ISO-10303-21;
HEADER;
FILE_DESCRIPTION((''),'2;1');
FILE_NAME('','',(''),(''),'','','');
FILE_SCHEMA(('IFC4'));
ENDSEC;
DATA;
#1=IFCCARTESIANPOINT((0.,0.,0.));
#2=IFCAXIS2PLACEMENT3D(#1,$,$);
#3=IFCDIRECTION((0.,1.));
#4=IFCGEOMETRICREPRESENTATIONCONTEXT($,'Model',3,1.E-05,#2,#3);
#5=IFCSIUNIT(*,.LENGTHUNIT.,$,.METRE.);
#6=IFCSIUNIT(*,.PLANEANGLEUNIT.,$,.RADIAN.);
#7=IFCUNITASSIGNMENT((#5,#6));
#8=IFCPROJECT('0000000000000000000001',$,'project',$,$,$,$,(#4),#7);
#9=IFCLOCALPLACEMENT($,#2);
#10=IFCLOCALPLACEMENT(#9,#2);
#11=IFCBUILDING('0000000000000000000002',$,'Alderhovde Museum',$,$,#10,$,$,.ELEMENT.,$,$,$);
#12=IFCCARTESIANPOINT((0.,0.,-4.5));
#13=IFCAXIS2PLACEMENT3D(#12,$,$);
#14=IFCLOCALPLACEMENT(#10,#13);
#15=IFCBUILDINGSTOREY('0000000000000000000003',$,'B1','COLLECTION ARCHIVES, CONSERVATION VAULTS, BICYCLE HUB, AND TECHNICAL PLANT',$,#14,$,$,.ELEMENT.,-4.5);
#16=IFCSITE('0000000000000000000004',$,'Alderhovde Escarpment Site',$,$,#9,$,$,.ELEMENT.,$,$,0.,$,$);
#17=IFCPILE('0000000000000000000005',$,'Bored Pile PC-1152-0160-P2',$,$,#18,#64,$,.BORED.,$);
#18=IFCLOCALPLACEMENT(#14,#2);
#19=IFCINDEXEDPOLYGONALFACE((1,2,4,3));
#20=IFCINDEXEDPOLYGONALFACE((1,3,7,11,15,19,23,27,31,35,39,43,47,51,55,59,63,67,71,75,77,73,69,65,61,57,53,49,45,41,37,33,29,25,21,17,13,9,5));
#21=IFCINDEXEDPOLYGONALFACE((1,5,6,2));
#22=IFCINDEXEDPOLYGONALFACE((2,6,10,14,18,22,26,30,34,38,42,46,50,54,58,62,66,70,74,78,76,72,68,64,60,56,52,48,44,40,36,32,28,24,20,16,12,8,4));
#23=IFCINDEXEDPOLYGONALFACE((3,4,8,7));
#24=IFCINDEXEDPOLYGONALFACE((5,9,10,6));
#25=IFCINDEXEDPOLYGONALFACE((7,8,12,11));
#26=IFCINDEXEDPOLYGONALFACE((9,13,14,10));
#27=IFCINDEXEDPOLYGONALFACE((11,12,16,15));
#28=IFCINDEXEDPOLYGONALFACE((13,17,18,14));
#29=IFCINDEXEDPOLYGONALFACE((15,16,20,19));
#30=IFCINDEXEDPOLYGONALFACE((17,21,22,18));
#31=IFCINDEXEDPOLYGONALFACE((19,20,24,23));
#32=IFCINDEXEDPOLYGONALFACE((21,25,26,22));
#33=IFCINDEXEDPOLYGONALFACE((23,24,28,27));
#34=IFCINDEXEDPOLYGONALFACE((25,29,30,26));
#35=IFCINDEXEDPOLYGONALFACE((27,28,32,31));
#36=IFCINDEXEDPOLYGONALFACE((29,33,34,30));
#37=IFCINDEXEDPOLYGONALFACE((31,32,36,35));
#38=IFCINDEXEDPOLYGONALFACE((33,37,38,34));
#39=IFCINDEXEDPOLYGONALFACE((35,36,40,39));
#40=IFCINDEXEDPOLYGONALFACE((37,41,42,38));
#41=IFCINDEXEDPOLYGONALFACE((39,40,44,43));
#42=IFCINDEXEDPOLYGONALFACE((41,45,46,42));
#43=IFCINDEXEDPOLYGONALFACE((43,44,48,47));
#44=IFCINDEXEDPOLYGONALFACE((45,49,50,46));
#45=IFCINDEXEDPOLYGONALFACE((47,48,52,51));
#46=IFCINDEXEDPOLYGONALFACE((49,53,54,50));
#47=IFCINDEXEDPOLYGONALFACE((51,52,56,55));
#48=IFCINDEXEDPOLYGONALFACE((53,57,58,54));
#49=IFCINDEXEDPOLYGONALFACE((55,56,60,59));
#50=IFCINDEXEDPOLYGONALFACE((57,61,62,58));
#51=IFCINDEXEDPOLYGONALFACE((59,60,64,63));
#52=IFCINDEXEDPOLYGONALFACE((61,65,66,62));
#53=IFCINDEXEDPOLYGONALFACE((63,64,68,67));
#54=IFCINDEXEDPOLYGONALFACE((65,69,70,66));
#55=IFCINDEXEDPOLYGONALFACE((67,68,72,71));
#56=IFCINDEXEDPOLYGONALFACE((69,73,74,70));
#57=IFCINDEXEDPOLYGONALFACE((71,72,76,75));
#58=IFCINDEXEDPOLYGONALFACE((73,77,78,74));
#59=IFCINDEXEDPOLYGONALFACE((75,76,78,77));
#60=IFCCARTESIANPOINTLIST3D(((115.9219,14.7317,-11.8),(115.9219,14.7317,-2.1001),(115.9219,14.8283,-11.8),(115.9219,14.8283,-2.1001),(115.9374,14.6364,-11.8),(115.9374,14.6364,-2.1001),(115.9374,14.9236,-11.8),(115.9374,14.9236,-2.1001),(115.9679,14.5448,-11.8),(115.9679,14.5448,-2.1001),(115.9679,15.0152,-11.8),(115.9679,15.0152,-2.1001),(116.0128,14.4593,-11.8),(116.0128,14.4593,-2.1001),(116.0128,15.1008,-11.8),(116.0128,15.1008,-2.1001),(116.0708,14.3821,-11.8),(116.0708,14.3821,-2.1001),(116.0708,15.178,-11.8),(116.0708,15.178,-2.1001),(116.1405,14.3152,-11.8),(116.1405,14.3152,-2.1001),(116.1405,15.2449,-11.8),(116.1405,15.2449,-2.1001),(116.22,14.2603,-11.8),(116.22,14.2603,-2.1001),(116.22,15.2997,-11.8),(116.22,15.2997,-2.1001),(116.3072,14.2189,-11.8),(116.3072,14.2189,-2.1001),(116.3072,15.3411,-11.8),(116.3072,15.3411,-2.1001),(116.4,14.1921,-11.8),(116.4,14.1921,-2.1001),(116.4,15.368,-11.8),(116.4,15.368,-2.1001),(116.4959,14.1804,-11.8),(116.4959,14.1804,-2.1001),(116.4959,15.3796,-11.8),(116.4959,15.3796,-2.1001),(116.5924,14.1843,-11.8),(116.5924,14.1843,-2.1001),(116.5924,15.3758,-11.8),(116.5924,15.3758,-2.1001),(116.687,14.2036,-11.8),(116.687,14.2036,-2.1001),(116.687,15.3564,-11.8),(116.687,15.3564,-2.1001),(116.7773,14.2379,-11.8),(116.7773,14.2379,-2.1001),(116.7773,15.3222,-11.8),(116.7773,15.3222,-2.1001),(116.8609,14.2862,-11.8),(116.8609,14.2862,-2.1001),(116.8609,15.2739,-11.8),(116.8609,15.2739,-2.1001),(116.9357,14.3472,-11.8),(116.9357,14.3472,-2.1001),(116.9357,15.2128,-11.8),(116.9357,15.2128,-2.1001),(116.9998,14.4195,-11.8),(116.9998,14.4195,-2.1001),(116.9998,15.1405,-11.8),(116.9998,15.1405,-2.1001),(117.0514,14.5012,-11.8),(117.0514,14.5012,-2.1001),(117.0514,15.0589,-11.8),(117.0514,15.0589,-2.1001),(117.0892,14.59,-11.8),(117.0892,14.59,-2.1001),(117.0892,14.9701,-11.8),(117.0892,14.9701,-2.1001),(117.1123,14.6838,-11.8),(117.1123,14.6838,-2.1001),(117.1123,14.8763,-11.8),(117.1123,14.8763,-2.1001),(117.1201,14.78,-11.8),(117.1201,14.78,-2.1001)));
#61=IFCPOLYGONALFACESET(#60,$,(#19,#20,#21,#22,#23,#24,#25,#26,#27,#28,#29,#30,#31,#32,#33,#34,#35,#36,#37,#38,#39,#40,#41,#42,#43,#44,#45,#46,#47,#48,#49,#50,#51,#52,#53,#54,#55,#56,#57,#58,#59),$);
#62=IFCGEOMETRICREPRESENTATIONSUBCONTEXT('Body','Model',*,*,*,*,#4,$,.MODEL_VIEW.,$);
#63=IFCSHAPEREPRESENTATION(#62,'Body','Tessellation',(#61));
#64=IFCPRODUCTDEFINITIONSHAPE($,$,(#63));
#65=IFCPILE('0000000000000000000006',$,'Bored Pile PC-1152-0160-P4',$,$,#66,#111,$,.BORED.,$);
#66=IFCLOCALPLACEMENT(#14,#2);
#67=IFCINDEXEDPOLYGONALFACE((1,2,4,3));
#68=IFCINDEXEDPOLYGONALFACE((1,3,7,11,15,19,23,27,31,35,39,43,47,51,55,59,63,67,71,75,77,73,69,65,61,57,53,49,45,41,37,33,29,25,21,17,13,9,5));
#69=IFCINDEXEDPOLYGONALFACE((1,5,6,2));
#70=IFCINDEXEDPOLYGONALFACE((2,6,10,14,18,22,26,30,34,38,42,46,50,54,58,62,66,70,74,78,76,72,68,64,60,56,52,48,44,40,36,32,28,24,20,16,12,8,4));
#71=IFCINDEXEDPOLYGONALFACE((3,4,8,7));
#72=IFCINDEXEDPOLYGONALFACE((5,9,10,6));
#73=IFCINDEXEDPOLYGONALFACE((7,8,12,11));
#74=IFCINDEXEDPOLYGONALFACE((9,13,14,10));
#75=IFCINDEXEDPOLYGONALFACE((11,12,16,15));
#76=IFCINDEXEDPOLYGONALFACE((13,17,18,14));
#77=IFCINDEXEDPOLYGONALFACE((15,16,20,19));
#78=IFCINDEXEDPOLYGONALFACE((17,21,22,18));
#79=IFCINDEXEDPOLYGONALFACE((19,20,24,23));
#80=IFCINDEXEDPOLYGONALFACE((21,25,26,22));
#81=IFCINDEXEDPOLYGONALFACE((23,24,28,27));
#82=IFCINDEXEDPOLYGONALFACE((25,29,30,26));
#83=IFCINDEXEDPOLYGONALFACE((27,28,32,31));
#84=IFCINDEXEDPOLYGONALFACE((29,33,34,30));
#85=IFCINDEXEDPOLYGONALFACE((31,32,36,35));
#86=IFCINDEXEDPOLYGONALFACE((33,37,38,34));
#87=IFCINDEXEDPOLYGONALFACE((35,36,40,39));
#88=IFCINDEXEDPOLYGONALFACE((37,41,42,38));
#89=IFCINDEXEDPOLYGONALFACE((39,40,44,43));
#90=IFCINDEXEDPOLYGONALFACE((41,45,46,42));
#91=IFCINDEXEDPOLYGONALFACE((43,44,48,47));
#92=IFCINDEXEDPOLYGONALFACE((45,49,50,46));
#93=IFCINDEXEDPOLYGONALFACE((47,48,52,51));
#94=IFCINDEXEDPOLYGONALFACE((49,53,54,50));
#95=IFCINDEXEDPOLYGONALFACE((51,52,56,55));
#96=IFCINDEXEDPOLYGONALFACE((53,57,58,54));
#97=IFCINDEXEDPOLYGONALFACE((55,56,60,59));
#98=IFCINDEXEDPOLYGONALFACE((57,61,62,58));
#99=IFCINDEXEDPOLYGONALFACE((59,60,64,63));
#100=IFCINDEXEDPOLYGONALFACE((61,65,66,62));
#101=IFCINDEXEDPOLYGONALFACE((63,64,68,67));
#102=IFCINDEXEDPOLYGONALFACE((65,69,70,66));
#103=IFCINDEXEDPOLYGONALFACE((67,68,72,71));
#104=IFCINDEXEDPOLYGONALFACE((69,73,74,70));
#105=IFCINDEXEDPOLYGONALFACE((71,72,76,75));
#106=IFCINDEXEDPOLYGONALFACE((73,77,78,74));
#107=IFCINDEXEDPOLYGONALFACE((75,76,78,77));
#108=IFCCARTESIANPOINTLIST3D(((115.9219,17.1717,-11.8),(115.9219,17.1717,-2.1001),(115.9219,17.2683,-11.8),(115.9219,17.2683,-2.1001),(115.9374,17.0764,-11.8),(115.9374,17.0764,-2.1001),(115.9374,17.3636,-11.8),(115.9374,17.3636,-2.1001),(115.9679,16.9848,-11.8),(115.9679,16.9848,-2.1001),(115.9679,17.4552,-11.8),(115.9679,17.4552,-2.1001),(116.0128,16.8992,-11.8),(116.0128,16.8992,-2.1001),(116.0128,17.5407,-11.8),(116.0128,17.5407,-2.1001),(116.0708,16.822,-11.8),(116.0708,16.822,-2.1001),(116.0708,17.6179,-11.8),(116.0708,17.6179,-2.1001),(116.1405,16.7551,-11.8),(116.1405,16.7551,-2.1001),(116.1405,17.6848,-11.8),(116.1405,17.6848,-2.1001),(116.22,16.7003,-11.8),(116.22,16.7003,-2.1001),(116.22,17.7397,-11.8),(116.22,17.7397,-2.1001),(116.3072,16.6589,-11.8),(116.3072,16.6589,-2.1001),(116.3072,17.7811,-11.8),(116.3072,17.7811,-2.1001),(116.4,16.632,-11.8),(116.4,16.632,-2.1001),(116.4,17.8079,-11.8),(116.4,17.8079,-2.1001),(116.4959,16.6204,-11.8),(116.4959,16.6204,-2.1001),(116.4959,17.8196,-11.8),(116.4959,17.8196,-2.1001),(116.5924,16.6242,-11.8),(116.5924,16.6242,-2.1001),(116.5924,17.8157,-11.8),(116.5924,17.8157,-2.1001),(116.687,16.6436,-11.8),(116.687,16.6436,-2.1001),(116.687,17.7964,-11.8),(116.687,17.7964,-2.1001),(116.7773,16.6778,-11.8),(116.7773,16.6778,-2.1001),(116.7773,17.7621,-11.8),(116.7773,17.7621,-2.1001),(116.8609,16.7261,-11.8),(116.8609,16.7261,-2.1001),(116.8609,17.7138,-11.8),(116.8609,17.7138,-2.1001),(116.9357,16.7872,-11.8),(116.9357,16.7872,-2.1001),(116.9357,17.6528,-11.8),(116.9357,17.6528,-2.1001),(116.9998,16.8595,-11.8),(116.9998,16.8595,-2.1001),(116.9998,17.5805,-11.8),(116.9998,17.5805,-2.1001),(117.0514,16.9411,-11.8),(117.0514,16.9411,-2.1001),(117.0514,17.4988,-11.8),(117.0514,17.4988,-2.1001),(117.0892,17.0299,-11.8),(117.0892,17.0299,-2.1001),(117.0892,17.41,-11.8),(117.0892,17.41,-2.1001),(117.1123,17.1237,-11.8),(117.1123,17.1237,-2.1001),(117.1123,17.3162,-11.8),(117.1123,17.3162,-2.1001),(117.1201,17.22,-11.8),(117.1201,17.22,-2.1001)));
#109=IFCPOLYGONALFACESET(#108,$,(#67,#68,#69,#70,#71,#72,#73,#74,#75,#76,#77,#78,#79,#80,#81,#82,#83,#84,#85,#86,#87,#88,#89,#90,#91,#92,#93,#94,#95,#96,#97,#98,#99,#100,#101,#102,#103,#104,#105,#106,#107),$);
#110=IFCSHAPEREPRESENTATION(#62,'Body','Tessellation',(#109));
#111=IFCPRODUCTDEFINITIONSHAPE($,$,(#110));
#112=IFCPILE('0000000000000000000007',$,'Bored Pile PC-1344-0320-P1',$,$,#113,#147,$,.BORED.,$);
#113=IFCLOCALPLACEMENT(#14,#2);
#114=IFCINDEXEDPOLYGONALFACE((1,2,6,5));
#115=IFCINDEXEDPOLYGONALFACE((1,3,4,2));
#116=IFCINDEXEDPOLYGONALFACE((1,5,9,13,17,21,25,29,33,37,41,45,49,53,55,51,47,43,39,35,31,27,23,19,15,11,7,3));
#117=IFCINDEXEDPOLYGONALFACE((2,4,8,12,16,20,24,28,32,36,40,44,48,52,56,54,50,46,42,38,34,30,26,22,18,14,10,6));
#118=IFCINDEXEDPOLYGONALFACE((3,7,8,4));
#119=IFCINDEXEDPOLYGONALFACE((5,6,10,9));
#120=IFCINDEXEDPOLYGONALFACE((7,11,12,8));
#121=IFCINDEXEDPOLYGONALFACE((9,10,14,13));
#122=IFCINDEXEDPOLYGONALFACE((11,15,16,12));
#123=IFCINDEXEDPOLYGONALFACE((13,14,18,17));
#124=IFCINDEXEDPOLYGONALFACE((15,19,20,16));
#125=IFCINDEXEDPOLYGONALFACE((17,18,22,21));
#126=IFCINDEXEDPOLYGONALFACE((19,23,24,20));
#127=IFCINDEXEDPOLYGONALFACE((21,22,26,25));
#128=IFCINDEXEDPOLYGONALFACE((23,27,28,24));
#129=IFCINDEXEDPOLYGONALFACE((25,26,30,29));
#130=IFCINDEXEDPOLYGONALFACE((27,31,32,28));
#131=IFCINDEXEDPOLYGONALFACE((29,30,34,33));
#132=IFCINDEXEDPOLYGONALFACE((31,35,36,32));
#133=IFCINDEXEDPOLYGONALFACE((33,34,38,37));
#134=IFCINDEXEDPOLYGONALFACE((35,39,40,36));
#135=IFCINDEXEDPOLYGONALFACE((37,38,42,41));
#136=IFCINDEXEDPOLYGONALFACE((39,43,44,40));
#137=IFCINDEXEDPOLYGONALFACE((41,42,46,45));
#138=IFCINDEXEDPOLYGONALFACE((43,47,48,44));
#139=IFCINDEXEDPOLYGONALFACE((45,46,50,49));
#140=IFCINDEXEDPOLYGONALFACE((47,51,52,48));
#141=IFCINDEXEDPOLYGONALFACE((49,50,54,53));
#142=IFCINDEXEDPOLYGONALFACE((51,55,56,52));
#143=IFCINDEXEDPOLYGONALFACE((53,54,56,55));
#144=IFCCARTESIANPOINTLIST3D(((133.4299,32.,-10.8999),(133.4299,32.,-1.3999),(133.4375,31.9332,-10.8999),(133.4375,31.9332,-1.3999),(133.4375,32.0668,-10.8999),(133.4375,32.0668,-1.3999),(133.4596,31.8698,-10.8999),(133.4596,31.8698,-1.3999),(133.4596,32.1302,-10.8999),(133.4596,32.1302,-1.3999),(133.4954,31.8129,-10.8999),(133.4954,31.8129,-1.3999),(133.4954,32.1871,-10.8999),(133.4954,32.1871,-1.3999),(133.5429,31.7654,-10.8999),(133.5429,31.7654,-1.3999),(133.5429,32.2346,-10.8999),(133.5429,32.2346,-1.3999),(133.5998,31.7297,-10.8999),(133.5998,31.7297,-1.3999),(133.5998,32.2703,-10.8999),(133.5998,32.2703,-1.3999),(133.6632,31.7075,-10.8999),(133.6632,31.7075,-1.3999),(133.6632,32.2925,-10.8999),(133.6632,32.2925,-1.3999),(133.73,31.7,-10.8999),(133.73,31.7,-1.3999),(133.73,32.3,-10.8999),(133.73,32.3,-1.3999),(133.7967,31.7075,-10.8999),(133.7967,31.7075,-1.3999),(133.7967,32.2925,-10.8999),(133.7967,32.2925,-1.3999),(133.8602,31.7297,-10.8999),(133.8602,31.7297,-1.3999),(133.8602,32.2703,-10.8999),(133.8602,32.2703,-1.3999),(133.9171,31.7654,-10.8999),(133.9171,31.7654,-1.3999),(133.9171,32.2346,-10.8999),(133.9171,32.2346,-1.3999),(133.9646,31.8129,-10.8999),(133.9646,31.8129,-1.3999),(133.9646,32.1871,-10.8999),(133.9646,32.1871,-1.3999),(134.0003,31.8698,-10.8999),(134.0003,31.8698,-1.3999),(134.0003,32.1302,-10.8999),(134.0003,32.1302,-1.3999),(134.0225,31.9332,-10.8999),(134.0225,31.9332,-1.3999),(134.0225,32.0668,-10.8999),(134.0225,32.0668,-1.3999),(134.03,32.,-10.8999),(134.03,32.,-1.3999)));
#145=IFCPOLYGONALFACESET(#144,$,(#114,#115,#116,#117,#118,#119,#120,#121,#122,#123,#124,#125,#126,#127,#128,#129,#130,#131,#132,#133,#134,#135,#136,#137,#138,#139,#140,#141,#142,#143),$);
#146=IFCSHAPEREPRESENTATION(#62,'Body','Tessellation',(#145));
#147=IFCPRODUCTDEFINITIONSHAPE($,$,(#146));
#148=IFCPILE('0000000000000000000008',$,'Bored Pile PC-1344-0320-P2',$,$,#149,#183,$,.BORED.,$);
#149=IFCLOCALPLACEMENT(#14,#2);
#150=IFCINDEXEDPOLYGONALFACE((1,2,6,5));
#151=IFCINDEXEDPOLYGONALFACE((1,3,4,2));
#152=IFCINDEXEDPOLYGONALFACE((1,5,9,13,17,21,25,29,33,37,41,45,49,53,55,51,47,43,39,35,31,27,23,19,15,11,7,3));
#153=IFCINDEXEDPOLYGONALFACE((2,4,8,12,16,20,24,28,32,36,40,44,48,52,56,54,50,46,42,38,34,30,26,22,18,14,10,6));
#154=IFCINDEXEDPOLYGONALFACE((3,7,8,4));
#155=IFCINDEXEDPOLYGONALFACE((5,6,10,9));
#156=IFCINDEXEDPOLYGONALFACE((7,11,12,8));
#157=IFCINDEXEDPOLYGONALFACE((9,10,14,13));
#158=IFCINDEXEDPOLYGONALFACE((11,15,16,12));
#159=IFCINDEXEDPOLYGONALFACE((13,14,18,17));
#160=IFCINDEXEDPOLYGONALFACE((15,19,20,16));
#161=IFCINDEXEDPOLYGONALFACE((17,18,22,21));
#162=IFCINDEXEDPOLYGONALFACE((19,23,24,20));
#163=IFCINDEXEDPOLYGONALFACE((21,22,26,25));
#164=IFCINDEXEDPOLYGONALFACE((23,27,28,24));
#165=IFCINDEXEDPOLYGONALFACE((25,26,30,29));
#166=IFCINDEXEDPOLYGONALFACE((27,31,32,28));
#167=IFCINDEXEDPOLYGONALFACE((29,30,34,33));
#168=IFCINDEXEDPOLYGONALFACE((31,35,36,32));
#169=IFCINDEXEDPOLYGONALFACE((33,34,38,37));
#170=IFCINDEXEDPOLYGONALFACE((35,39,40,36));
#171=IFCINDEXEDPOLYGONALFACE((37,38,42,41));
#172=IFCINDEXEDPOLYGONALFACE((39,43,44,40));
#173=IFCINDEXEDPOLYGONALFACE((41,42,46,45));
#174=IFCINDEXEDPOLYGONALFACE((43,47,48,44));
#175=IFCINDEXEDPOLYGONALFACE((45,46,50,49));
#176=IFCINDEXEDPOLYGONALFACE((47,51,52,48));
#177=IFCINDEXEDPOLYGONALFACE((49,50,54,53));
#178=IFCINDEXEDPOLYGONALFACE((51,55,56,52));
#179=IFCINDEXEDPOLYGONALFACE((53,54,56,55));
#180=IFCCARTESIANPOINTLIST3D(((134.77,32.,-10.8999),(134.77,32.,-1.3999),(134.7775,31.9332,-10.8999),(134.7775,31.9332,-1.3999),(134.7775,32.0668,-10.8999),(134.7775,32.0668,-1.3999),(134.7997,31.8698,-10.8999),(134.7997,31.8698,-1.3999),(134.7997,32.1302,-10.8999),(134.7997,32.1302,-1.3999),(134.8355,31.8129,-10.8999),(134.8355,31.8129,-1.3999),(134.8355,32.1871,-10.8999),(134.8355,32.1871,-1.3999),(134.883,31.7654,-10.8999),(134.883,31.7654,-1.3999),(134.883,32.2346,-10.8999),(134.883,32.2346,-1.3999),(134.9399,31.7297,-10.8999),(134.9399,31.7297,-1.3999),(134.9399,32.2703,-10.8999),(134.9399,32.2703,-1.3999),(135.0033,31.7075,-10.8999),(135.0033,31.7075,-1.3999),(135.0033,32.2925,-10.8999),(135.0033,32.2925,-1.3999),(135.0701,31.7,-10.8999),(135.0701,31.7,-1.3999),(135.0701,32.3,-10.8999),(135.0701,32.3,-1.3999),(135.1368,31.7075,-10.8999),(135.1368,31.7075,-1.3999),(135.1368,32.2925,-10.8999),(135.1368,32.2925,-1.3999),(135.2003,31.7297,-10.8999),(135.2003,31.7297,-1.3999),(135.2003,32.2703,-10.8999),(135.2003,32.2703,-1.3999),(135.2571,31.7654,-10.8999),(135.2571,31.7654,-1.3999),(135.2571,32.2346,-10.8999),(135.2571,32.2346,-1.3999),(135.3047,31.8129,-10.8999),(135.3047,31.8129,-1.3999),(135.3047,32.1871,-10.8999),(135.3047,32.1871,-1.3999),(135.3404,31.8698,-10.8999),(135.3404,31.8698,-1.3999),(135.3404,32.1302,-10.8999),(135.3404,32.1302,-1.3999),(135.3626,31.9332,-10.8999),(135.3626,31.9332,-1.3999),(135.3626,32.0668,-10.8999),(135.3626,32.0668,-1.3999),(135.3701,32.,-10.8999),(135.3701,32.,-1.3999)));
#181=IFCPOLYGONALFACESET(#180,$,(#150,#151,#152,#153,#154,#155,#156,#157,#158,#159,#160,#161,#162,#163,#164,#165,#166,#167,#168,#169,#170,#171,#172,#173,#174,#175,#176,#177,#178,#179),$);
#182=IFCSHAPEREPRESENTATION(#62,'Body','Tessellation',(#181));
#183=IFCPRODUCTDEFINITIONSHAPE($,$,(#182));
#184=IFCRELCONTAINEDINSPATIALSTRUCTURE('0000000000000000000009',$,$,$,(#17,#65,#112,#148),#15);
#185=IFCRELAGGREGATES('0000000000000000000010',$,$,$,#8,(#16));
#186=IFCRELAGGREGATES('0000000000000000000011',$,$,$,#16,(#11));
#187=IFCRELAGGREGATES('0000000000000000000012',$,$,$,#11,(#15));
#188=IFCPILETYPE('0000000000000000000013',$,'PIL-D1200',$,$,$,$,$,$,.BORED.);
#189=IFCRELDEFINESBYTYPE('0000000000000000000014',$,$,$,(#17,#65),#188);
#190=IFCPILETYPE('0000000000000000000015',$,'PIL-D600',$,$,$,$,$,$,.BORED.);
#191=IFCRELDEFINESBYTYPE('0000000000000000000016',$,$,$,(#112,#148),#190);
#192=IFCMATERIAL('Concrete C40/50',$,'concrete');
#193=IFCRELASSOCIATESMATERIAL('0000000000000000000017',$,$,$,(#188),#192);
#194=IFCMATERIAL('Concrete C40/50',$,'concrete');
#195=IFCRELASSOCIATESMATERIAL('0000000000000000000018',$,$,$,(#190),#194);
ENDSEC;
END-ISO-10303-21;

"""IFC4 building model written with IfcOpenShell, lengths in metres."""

from ifc_helpers import new_model, si_unit, direction, frame, origin, origin_2d, place, context, subcontext, project, spatial, circle, extrude, material, material_profile, profile_set, type_object, element, save


model = new_model("IFC4")

# Units and contexts
model_context = context("Model", 3, precision=1e-05, world=origin(), true_north=direction((0.0, 1.0)))
body_context = subcontext(model_context, "Body", "Model", "MODEL_VIEW")
ifc_project = project(units=[si_unit("LENGTHUNIT", "METRE"), si_unit("PLANEANGLEUNIT", "RADIAN")], contexts=[model_context])

# Site, building, storey
site_placement = place(None, origin())
site = spatial("IfcSite", under=ifc_project, at=site_placement, Name="Alderhovde Escarpment Site", CompositionType="ELEMENT", RefElevation=0.0)
building_placement = place(site_placement, origin())
building = spatial("IfcBuilding", under=site, at=building_placement, Name="Alderhovde Museum", CompositionType="ELEMENT")
storey_placement = place(building_placement, frame((0.0, 0.0, -4.5)))
storey = spatial("IfcBuildingStorey", under=building, at=storey_placement, Name="B1", Description="COLLECTION ARCHIVES, CONSERVATION VAULTS, BICYCLE HUB, AND TECHNICAL PLANT", CompositionType="ELEMENT", Elevation=-4.5)

# Piles
ifc_material_1 = material(Name="Concrete C40/50", Category="concrete")
ifc_material_profile_1 = material_profile(ifc_material_1, circle(Radius=0.6001, at=origin_2d()), Name="PILE-D1200")
ifc_profile_set_1 = profile_set([ifc_material_profile_1], Name="Concrete C40/50")
pile_type_1 = type_object("IfcPileType", Name="PIL-D1200", PredefinedType="BORED", material=ifc_profile_set_1)
for number, where, z_axis, x_axis, name in (
    (1, (116.52, 14.78, -2.1001), (0.0, 0.0, -1.0), (1.0, 0.0, 0.0), "Bored Pile PC-1152-0160-P2"),
    (2, (116.52, 17.22, -2.1001), (0.0, 0.0, -1.0), (1.0, 0.0, 0.0), "Bored Pile PC-1152-0160-P4"),
):
    element("IfcPile", number, at=place(storey_placement, frame(where, z_axis=z_axis, x_axis=x_axis)), inside=storey, type_object=pile_type_1, Name=name, PredefinedType="BORED", context=body_context, shape_type="SweptSolid", body=[
        extrude(circle(Radius=0.6001, at=origin_2d()), origin(), (0.0, 0.0, 1.0), 9.7),
    ])
ifc_material_2 = material(Name="Concrete C40/50", Category="concrete")
ifc_material_profile_2 = material_profile(ifc_material_2, circle(Radius=0.3, at=origin_2d()), Name="PILE-D600")
ifc_profile_set_2 = profile_set([ifc_material_profile_2], Name="Concrete C40/50")
pile_type_2 = type_object("IfcPileType", Name="PIL-D600", PredefinedType="BORED", material=ifc_profile_set_2)
for number, where, z_axis, x_axis, name in (
    (3, (133.73, 32.0, -1.3999), (0.0, 0.0, -1.0), (1.0, 0.0, 0.0), "Bored Pile PC-1344-0320-P1"),
    (4, (135.0701, 32.0, -1.3999), (0.0, 0.0, -1.0), (1.0, 0.0, 0.0), "Bored Pile PC-1344-0320-P2"),
):
    element("IfcPile", number, at=place(storey_placement, frame(where, z_axis=z_axis, x_axis=x_axis)), inside=storey, type_object=pile_type_2, Name=name, PredefinedType="BORED", context=body_context, shape_type="SweptSolid", body=[
        extrude(circle(Radius=0.3, at=origin_2d()), origin(), (0.0, 0.0, 1.0), 9.5),
    ])

save(model, "model.ifc")
